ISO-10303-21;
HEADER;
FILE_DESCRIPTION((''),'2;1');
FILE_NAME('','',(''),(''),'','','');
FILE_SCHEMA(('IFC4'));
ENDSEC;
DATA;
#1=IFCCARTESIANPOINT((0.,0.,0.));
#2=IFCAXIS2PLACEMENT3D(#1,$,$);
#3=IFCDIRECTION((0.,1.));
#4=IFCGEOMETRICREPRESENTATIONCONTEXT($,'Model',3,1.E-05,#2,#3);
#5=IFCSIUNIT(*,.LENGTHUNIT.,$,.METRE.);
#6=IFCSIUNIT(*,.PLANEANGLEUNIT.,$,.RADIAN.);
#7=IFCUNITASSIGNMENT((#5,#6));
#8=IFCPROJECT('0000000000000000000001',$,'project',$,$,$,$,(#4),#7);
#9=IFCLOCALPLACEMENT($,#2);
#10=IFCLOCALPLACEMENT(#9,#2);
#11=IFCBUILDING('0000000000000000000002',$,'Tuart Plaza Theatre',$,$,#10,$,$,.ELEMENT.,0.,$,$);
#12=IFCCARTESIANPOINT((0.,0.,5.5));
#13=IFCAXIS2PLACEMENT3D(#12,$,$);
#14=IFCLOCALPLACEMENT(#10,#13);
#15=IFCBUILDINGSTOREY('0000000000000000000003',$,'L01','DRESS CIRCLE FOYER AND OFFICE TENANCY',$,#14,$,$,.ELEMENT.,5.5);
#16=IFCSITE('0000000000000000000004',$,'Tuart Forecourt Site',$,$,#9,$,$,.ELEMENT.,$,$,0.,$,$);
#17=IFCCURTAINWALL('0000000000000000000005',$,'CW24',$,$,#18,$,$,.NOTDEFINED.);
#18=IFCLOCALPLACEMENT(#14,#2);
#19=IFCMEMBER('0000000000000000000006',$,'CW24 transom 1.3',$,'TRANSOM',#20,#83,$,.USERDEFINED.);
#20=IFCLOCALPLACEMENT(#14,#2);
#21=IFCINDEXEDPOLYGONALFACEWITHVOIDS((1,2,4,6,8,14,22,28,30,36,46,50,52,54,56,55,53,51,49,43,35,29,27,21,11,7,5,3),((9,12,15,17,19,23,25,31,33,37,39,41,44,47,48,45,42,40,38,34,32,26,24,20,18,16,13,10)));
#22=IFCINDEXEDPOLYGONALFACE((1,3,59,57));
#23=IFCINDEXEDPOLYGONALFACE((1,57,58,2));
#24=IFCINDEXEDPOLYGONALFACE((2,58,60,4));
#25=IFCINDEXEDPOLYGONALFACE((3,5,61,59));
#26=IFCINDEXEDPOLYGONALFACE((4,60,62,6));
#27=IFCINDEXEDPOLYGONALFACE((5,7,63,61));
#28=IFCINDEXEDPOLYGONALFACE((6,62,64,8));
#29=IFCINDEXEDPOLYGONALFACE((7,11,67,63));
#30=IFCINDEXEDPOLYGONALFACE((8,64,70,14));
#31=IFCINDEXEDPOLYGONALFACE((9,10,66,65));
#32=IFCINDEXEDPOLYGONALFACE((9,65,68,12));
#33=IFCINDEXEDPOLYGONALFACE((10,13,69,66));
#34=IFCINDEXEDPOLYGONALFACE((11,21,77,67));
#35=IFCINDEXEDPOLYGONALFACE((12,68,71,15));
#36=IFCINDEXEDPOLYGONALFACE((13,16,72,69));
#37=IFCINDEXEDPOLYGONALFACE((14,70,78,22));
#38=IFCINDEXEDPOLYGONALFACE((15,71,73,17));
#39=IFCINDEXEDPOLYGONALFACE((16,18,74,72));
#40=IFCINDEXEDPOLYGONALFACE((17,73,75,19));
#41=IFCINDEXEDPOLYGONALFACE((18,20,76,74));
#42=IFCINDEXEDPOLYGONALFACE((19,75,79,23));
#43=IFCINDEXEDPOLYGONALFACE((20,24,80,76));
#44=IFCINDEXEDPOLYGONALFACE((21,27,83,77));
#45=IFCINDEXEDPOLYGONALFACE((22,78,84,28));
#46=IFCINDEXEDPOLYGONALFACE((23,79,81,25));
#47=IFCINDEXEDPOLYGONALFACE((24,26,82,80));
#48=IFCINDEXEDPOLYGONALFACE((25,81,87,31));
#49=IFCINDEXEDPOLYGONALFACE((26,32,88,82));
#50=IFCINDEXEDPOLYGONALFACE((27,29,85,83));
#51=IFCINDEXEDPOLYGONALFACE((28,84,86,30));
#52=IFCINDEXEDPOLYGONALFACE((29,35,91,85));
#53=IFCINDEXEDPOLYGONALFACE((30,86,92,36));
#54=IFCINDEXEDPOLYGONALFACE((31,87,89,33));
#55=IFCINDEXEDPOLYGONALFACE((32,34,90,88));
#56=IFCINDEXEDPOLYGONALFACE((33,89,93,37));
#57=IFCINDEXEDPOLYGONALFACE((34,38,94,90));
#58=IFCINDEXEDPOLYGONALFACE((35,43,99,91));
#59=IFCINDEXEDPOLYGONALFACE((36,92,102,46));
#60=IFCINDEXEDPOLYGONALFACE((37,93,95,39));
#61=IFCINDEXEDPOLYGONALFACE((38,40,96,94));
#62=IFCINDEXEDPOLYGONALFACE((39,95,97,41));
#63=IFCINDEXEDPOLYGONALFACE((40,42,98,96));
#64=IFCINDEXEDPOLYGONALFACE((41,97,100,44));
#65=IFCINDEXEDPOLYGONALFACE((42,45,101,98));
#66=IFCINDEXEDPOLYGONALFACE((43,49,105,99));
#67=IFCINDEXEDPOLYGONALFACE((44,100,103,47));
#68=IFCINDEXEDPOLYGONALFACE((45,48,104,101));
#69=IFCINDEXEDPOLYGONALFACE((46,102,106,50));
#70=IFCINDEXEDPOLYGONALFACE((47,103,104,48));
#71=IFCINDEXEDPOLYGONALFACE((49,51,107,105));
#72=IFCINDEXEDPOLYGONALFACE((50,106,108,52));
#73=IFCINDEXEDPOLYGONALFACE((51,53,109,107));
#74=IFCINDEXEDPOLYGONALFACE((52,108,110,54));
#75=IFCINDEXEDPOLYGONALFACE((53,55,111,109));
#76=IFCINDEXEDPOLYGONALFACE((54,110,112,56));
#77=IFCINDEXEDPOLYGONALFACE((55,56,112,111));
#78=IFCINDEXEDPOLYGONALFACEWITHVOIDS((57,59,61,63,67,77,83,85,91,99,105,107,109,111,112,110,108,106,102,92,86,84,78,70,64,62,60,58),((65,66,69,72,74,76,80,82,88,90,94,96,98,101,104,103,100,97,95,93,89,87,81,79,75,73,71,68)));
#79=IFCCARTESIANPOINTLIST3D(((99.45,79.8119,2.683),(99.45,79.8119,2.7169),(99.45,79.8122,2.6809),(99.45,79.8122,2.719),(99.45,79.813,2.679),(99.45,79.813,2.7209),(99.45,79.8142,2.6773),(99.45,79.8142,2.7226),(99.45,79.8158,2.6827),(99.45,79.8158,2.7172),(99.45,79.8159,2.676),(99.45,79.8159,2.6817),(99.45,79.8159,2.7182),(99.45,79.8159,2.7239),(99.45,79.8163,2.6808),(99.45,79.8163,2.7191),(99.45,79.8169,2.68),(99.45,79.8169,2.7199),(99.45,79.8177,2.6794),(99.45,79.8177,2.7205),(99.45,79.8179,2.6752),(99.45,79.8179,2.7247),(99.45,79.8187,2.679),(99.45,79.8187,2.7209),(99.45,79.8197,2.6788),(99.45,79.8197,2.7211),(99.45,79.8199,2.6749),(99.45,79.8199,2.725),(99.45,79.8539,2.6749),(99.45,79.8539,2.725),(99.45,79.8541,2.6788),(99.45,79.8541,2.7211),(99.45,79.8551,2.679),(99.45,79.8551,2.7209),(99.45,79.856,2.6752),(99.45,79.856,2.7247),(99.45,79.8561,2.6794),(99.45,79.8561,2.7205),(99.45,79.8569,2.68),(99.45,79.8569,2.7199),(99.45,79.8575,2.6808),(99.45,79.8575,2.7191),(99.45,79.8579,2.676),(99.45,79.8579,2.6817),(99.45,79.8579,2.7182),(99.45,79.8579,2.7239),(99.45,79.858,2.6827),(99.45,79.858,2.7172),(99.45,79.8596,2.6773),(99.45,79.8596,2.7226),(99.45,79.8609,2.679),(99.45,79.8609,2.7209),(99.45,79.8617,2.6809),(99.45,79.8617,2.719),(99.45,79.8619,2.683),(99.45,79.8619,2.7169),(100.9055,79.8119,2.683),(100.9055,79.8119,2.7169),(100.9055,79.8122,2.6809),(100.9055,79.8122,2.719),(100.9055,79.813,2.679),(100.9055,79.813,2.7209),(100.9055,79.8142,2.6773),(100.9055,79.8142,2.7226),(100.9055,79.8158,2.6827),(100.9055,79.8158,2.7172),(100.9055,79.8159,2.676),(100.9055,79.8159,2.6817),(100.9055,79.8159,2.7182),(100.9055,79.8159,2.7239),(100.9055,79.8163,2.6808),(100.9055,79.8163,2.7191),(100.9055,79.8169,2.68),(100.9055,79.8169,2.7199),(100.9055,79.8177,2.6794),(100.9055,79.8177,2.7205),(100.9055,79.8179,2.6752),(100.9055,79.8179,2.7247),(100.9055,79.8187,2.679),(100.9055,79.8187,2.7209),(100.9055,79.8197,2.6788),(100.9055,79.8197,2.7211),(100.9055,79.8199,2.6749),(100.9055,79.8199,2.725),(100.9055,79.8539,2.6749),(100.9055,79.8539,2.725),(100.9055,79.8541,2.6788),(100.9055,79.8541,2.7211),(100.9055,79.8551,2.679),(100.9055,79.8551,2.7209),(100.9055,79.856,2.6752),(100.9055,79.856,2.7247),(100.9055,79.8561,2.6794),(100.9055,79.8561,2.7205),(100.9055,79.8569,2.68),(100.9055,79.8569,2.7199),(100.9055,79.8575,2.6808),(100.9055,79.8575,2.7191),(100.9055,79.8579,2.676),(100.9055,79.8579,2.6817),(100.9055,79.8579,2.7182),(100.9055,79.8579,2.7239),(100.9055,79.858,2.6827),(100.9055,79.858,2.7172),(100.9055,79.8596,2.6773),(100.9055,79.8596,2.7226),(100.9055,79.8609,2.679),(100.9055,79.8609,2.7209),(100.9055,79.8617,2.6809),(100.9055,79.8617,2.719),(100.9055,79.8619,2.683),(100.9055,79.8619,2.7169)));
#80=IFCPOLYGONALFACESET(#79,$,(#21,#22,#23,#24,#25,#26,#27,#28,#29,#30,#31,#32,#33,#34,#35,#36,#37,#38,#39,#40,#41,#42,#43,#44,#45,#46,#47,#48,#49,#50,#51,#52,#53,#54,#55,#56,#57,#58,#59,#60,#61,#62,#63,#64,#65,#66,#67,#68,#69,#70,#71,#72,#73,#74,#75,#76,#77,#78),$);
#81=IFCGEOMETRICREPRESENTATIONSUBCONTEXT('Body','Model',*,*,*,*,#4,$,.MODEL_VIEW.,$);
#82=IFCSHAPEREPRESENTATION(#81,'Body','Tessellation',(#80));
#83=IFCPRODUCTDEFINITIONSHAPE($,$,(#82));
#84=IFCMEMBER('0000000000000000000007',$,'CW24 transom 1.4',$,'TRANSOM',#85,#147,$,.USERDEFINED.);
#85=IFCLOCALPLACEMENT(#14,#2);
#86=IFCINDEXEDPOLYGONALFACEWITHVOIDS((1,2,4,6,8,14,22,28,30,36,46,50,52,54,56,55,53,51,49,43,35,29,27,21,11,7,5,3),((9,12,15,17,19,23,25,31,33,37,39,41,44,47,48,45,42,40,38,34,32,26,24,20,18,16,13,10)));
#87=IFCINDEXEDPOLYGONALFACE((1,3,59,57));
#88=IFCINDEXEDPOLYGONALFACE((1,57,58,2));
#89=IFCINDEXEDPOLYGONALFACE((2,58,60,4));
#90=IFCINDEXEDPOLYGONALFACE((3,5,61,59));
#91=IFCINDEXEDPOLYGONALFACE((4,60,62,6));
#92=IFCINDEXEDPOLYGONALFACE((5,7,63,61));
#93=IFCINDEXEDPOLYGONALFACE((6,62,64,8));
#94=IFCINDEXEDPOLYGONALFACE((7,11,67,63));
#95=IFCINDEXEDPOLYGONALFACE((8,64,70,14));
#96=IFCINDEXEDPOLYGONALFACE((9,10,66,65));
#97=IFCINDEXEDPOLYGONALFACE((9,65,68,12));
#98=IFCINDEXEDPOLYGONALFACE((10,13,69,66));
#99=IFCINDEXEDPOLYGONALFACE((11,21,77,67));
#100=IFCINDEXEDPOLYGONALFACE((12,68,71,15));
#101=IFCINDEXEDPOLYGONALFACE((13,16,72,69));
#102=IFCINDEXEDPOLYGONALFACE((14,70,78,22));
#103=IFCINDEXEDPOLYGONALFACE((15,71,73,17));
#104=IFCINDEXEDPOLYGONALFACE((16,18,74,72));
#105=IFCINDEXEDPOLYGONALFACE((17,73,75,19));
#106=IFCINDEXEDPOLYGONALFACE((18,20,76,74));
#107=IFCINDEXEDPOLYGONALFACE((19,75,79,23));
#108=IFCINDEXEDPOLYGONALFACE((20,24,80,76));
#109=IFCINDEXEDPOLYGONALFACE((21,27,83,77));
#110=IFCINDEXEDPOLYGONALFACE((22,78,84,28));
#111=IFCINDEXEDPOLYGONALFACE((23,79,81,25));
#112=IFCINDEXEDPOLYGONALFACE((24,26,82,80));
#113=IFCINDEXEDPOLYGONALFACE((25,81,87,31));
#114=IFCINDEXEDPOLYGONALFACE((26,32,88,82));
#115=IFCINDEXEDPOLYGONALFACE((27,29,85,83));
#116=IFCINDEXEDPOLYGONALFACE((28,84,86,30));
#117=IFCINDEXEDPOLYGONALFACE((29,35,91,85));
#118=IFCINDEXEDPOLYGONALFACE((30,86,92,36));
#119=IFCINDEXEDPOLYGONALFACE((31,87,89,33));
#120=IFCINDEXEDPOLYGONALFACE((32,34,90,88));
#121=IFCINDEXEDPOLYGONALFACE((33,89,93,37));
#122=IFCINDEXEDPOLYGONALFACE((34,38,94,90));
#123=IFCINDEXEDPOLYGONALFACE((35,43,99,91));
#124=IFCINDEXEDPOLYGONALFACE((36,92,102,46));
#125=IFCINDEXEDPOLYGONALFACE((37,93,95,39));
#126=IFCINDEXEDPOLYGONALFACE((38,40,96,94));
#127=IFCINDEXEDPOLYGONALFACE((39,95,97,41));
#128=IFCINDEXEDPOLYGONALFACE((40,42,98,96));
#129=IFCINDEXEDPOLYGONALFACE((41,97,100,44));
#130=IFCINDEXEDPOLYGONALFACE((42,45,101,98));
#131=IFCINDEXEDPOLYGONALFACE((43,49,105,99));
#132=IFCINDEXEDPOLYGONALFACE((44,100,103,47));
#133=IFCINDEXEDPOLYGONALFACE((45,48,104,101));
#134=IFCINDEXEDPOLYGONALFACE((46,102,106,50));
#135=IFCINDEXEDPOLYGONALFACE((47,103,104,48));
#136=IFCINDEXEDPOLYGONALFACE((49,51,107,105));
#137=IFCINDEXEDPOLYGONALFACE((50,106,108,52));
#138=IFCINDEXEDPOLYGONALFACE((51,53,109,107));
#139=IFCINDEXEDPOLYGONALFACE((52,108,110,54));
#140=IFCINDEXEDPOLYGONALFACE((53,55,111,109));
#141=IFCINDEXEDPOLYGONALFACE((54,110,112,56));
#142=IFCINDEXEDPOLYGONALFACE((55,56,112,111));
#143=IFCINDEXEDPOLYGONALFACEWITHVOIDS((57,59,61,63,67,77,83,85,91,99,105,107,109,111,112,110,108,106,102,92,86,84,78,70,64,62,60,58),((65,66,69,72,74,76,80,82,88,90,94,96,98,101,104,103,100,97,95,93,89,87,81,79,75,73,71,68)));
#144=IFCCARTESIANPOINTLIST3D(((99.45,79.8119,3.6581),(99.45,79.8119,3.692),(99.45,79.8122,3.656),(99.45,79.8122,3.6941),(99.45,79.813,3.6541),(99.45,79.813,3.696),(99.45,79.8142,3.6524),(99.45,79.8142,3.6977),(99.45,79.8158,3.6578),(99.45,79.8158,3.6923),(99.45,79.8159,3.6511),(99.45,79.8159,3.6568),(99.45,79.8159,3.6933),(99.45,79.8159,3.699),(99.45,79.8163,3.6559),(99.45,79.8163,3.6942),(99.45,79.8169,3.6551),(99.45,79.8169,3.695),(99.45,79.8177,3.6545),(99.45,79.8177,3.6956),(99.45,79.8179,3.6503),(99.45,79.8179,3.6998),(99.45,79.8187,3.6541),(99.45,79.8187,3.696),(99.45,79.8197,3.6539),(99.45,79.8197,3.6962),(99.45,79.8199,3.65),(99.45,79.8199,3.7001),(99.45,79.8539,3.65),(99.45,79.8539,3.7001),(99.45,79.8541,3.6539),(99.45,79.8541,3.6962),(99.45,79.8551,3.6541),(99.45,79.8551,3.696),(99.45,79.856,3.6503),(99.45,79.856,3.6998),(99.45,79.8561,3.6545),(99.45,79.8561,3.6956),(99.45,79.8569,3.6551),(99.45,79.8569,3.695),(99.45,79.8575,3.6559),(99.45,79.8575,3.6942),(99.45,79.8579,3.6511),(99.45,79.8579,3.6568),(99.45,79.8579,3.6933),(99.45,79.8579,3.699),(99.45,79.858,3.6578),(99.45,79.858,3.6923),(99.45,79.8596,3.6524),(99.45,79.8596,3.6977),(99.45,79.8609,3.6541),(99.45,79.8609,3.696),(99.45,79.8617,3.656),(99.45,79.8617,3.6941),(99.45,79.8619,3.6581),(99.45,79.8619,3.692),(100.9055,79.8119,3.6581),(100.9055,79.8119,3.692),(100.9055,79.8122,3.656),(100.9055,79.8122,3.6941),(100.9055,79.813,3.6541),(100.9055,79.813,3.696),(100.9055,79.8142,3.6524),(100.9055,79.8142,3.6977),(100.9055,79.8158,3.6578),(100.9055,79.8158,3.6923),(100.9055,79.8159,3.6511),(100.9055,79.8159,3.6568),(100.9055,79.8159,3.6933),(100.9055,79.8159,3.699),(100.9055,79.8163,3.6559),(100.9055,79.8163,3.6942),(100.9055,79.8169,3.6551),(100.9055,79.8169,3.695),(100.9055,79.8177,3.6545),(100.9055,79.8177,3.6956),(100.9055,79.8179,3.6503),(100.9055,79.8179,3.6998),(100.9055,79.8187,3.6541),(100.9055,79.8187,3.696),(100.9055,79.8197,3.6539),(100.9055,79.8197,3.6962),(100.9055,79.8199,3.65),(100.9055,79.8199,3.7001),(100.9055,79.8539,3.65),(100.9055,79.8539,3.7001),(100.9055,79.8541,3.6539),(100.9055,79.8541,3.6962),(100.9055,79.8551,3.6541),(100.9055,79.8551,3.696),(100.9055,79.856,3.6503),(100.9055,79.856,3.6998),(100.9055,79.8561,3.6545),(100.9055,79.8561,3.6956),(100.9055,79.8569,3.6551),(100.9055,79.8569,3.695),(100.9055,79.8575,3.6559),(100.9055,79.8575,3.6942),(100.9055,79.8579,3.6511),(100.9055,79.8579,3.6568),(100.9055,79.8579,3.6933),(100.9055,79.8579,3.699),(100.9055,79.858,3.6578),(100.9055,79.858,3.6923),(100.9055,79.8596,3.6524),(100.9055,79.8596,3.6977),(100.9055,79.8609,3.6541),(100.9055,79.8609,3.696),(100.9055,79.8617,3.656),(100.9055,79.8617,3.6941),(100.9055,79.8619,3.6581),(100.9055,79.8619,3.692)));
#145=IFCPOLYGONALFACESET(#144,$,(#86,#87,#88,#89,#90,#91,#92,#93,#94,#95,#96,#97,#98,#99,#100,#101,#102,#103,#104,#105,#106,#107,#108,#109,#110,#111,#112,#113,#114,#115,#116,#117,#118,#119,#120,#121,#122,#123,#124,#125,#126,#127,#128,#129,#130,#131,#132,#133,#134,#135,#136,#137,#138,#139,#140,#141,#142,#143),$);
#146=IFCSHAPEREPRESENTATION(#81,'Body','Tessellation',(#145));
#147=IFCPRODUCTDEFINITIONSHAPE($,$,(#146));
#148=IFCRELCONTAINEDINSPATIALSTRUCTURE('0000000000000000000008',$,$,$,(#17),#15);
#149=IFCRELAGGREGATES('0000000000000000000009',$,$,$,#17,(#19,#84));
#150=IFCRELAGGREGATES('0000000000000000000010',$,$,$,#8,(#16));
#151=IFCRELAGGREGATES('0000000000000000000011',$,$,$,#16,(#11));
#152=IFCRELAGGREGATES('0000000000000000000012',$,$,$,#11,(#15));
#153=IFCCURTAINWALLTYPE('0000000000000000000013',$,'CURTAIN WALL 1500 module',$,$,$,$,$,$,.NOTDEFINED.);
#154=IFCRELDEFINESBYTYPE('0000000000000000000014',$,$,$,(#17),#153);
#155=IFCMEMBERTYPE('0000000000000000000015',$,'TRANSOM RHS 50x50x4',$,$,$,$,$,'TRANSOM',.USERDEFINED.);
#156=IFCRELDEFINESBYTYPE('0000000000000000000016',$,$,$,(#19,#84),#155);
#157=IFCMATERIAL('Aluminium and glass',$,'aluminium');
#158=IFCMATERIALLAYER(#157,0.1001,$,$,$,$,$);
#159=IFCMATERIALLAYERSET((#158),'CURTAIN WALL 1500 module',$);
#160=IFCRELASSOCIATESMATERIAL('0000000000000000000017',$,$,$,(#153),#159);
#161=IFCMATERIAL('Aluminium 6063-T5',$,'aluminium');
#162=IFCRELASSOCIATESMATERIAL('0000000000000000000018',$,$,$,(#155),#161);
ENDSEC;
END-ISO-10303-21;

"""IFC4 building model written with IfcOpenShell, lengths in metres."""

from ifc_helpers import new_model, si_unit, direction, frame, origin, origin_2d, place, context, subcontext, project, spatial, hollow_rectangle, extrude, material, layer, layer_set, material_profile, profile_set, type_object, element, aggregate, save


model = new_model("IFC4")

# Units and contexts
model_context = context("Model", 3, precision=1e-05, world=origin(), true_north=direction((0.0, 1.0)))
body_context = subcontext(model_context, "Body", "Model", "MODEL_VIEW")
ifc_project = project(units=[si_unit("LENGTHUNIT", "METRE"), si_unit("PLANEANGLEUNIT", "RADIAN")], contexts=[model_context])

# Site, building, storey
site_placement = place(None, origin())
site = spatial("IfcSite", under=ifc_project, at=site_placement, Name="Tuart Forecourt Site", CompositionType="ELEMENT", RefElevation=0.0)
building_placement = place(site_placement, origin())
building = spatial("IfcBuilding", under=site, at=building_placement, Name="Tuart Plaza Theatre", CompositionType="ELEMENT", ElevationOfRefHeight=0.0)
storey_placement = place(building_placement, frame((0.0, 0.0, 5.5)))
storey = spatial("IfcBuildingStorey", under=building, at=storey_placement, Name="L01", Description="DRESS CIRCLE FOYER AND OFFICE TENANCY", CompositionType="ELEMENT", Elevation=5.5)

# Curtain wall
ifc_material_1 = material(Name="Aluminium and glass", Category="aluminium")
ifc_layer_1 = layer(ifc_material_1, 0.1001)
ifc_layer_set_1 = layer_set([ifc_layer_1], Name="CURTAIN WALL 1500 module")
curtain_wall_type = type_object("IfcCurtainWallType", Name="CURTAIN WALL 1500 module", PredefinedType="NOTDEFINED", material=ifc_layer_set_1)
curtain_wall_1_placement = place(storey_placement, origin())
curtain_wall_1 = element("IfcCurtainWall", 1, at=curtain_wall_1_placement, inside=storey, type_object=curtain_wall_type, Name="CW24", PredefinedType="NOTDEFINED")

# Shared definitions
ifc_material_2 = material(Name="Aluminium 6063-T5", Category="aluminium")
ifc_material_profile_1 = material_profile(ifc_material_2, hollow_rectangle(XDim=0.05, YDim=0.05, WallThickness=0.0039, InnerFilletRadius=0.0039, OuterFilletRadius=0.0081, at=origin_2d()), Name="RHS 50x50x4")
ifc_profile_set_1 = profile_set([ifc_material_profile_1], Name="Aluminium 6063-T5")
member_type_1 = type_object("IfcMemberType", Name="TRANSOM RHS 50x50x4", ElementType="TRANSOM", PredefinedType="USERDEFINED", material=ifc_profile_set_1)

# Members
member_1_placement = place(storey_placement, frame((99.45, 79.8369, 2.7), z_axis=(1.0, 0.0, 0.0), x_axis=(0.0, 1.0, 0.0)))
member_1 = element("IfcMember", 2, at=member_1_placement, type_object=member_type_1, Name="CW24 transom 1.3", ObjectType="TRANSOM", PredefinedType="USERDEFINED", context=body_context, shape_type="SweptSolid", body=[
    extrude(hollow_rectangle(XDim=0.05, YDim=0.05, WallThickness=0.0039, InnerFilletRadius=0.0039, OuterFilletRadius=0.0081, at=origin_2d()), origin(), (0.0, 0.0, 1.0), 1.4556),
])
member_2_placement = place(storey_placement, frame((99.45, 79.8369, 3.675), z_axis=(1.0, 0.0, 0.0), x_axis=(0.0, 1.0, 0.0)))
member_2 = element("IfcMember", 3, at=member_2_placement, type_object=member_type_1, Name="CW24 transom 1.4", ObjectType="TRANSOM", PredefinedType="USERDEFINED", context=body_context, shape_type="SweptSolid", body=[
    extrude(hollow_rectangle(XDim=0.05, YDim=0.05, WallThickness=0.0039, InnerFilletRadius=0.0039, OuterFilletRadius=0.0081, at=origin_2d()), origin(), (0.0, 0.0, 1.0), 1.4556),
])

aggregate(curtain_wall_1, [member_1, member_2])

save(model, "model.ifc")
